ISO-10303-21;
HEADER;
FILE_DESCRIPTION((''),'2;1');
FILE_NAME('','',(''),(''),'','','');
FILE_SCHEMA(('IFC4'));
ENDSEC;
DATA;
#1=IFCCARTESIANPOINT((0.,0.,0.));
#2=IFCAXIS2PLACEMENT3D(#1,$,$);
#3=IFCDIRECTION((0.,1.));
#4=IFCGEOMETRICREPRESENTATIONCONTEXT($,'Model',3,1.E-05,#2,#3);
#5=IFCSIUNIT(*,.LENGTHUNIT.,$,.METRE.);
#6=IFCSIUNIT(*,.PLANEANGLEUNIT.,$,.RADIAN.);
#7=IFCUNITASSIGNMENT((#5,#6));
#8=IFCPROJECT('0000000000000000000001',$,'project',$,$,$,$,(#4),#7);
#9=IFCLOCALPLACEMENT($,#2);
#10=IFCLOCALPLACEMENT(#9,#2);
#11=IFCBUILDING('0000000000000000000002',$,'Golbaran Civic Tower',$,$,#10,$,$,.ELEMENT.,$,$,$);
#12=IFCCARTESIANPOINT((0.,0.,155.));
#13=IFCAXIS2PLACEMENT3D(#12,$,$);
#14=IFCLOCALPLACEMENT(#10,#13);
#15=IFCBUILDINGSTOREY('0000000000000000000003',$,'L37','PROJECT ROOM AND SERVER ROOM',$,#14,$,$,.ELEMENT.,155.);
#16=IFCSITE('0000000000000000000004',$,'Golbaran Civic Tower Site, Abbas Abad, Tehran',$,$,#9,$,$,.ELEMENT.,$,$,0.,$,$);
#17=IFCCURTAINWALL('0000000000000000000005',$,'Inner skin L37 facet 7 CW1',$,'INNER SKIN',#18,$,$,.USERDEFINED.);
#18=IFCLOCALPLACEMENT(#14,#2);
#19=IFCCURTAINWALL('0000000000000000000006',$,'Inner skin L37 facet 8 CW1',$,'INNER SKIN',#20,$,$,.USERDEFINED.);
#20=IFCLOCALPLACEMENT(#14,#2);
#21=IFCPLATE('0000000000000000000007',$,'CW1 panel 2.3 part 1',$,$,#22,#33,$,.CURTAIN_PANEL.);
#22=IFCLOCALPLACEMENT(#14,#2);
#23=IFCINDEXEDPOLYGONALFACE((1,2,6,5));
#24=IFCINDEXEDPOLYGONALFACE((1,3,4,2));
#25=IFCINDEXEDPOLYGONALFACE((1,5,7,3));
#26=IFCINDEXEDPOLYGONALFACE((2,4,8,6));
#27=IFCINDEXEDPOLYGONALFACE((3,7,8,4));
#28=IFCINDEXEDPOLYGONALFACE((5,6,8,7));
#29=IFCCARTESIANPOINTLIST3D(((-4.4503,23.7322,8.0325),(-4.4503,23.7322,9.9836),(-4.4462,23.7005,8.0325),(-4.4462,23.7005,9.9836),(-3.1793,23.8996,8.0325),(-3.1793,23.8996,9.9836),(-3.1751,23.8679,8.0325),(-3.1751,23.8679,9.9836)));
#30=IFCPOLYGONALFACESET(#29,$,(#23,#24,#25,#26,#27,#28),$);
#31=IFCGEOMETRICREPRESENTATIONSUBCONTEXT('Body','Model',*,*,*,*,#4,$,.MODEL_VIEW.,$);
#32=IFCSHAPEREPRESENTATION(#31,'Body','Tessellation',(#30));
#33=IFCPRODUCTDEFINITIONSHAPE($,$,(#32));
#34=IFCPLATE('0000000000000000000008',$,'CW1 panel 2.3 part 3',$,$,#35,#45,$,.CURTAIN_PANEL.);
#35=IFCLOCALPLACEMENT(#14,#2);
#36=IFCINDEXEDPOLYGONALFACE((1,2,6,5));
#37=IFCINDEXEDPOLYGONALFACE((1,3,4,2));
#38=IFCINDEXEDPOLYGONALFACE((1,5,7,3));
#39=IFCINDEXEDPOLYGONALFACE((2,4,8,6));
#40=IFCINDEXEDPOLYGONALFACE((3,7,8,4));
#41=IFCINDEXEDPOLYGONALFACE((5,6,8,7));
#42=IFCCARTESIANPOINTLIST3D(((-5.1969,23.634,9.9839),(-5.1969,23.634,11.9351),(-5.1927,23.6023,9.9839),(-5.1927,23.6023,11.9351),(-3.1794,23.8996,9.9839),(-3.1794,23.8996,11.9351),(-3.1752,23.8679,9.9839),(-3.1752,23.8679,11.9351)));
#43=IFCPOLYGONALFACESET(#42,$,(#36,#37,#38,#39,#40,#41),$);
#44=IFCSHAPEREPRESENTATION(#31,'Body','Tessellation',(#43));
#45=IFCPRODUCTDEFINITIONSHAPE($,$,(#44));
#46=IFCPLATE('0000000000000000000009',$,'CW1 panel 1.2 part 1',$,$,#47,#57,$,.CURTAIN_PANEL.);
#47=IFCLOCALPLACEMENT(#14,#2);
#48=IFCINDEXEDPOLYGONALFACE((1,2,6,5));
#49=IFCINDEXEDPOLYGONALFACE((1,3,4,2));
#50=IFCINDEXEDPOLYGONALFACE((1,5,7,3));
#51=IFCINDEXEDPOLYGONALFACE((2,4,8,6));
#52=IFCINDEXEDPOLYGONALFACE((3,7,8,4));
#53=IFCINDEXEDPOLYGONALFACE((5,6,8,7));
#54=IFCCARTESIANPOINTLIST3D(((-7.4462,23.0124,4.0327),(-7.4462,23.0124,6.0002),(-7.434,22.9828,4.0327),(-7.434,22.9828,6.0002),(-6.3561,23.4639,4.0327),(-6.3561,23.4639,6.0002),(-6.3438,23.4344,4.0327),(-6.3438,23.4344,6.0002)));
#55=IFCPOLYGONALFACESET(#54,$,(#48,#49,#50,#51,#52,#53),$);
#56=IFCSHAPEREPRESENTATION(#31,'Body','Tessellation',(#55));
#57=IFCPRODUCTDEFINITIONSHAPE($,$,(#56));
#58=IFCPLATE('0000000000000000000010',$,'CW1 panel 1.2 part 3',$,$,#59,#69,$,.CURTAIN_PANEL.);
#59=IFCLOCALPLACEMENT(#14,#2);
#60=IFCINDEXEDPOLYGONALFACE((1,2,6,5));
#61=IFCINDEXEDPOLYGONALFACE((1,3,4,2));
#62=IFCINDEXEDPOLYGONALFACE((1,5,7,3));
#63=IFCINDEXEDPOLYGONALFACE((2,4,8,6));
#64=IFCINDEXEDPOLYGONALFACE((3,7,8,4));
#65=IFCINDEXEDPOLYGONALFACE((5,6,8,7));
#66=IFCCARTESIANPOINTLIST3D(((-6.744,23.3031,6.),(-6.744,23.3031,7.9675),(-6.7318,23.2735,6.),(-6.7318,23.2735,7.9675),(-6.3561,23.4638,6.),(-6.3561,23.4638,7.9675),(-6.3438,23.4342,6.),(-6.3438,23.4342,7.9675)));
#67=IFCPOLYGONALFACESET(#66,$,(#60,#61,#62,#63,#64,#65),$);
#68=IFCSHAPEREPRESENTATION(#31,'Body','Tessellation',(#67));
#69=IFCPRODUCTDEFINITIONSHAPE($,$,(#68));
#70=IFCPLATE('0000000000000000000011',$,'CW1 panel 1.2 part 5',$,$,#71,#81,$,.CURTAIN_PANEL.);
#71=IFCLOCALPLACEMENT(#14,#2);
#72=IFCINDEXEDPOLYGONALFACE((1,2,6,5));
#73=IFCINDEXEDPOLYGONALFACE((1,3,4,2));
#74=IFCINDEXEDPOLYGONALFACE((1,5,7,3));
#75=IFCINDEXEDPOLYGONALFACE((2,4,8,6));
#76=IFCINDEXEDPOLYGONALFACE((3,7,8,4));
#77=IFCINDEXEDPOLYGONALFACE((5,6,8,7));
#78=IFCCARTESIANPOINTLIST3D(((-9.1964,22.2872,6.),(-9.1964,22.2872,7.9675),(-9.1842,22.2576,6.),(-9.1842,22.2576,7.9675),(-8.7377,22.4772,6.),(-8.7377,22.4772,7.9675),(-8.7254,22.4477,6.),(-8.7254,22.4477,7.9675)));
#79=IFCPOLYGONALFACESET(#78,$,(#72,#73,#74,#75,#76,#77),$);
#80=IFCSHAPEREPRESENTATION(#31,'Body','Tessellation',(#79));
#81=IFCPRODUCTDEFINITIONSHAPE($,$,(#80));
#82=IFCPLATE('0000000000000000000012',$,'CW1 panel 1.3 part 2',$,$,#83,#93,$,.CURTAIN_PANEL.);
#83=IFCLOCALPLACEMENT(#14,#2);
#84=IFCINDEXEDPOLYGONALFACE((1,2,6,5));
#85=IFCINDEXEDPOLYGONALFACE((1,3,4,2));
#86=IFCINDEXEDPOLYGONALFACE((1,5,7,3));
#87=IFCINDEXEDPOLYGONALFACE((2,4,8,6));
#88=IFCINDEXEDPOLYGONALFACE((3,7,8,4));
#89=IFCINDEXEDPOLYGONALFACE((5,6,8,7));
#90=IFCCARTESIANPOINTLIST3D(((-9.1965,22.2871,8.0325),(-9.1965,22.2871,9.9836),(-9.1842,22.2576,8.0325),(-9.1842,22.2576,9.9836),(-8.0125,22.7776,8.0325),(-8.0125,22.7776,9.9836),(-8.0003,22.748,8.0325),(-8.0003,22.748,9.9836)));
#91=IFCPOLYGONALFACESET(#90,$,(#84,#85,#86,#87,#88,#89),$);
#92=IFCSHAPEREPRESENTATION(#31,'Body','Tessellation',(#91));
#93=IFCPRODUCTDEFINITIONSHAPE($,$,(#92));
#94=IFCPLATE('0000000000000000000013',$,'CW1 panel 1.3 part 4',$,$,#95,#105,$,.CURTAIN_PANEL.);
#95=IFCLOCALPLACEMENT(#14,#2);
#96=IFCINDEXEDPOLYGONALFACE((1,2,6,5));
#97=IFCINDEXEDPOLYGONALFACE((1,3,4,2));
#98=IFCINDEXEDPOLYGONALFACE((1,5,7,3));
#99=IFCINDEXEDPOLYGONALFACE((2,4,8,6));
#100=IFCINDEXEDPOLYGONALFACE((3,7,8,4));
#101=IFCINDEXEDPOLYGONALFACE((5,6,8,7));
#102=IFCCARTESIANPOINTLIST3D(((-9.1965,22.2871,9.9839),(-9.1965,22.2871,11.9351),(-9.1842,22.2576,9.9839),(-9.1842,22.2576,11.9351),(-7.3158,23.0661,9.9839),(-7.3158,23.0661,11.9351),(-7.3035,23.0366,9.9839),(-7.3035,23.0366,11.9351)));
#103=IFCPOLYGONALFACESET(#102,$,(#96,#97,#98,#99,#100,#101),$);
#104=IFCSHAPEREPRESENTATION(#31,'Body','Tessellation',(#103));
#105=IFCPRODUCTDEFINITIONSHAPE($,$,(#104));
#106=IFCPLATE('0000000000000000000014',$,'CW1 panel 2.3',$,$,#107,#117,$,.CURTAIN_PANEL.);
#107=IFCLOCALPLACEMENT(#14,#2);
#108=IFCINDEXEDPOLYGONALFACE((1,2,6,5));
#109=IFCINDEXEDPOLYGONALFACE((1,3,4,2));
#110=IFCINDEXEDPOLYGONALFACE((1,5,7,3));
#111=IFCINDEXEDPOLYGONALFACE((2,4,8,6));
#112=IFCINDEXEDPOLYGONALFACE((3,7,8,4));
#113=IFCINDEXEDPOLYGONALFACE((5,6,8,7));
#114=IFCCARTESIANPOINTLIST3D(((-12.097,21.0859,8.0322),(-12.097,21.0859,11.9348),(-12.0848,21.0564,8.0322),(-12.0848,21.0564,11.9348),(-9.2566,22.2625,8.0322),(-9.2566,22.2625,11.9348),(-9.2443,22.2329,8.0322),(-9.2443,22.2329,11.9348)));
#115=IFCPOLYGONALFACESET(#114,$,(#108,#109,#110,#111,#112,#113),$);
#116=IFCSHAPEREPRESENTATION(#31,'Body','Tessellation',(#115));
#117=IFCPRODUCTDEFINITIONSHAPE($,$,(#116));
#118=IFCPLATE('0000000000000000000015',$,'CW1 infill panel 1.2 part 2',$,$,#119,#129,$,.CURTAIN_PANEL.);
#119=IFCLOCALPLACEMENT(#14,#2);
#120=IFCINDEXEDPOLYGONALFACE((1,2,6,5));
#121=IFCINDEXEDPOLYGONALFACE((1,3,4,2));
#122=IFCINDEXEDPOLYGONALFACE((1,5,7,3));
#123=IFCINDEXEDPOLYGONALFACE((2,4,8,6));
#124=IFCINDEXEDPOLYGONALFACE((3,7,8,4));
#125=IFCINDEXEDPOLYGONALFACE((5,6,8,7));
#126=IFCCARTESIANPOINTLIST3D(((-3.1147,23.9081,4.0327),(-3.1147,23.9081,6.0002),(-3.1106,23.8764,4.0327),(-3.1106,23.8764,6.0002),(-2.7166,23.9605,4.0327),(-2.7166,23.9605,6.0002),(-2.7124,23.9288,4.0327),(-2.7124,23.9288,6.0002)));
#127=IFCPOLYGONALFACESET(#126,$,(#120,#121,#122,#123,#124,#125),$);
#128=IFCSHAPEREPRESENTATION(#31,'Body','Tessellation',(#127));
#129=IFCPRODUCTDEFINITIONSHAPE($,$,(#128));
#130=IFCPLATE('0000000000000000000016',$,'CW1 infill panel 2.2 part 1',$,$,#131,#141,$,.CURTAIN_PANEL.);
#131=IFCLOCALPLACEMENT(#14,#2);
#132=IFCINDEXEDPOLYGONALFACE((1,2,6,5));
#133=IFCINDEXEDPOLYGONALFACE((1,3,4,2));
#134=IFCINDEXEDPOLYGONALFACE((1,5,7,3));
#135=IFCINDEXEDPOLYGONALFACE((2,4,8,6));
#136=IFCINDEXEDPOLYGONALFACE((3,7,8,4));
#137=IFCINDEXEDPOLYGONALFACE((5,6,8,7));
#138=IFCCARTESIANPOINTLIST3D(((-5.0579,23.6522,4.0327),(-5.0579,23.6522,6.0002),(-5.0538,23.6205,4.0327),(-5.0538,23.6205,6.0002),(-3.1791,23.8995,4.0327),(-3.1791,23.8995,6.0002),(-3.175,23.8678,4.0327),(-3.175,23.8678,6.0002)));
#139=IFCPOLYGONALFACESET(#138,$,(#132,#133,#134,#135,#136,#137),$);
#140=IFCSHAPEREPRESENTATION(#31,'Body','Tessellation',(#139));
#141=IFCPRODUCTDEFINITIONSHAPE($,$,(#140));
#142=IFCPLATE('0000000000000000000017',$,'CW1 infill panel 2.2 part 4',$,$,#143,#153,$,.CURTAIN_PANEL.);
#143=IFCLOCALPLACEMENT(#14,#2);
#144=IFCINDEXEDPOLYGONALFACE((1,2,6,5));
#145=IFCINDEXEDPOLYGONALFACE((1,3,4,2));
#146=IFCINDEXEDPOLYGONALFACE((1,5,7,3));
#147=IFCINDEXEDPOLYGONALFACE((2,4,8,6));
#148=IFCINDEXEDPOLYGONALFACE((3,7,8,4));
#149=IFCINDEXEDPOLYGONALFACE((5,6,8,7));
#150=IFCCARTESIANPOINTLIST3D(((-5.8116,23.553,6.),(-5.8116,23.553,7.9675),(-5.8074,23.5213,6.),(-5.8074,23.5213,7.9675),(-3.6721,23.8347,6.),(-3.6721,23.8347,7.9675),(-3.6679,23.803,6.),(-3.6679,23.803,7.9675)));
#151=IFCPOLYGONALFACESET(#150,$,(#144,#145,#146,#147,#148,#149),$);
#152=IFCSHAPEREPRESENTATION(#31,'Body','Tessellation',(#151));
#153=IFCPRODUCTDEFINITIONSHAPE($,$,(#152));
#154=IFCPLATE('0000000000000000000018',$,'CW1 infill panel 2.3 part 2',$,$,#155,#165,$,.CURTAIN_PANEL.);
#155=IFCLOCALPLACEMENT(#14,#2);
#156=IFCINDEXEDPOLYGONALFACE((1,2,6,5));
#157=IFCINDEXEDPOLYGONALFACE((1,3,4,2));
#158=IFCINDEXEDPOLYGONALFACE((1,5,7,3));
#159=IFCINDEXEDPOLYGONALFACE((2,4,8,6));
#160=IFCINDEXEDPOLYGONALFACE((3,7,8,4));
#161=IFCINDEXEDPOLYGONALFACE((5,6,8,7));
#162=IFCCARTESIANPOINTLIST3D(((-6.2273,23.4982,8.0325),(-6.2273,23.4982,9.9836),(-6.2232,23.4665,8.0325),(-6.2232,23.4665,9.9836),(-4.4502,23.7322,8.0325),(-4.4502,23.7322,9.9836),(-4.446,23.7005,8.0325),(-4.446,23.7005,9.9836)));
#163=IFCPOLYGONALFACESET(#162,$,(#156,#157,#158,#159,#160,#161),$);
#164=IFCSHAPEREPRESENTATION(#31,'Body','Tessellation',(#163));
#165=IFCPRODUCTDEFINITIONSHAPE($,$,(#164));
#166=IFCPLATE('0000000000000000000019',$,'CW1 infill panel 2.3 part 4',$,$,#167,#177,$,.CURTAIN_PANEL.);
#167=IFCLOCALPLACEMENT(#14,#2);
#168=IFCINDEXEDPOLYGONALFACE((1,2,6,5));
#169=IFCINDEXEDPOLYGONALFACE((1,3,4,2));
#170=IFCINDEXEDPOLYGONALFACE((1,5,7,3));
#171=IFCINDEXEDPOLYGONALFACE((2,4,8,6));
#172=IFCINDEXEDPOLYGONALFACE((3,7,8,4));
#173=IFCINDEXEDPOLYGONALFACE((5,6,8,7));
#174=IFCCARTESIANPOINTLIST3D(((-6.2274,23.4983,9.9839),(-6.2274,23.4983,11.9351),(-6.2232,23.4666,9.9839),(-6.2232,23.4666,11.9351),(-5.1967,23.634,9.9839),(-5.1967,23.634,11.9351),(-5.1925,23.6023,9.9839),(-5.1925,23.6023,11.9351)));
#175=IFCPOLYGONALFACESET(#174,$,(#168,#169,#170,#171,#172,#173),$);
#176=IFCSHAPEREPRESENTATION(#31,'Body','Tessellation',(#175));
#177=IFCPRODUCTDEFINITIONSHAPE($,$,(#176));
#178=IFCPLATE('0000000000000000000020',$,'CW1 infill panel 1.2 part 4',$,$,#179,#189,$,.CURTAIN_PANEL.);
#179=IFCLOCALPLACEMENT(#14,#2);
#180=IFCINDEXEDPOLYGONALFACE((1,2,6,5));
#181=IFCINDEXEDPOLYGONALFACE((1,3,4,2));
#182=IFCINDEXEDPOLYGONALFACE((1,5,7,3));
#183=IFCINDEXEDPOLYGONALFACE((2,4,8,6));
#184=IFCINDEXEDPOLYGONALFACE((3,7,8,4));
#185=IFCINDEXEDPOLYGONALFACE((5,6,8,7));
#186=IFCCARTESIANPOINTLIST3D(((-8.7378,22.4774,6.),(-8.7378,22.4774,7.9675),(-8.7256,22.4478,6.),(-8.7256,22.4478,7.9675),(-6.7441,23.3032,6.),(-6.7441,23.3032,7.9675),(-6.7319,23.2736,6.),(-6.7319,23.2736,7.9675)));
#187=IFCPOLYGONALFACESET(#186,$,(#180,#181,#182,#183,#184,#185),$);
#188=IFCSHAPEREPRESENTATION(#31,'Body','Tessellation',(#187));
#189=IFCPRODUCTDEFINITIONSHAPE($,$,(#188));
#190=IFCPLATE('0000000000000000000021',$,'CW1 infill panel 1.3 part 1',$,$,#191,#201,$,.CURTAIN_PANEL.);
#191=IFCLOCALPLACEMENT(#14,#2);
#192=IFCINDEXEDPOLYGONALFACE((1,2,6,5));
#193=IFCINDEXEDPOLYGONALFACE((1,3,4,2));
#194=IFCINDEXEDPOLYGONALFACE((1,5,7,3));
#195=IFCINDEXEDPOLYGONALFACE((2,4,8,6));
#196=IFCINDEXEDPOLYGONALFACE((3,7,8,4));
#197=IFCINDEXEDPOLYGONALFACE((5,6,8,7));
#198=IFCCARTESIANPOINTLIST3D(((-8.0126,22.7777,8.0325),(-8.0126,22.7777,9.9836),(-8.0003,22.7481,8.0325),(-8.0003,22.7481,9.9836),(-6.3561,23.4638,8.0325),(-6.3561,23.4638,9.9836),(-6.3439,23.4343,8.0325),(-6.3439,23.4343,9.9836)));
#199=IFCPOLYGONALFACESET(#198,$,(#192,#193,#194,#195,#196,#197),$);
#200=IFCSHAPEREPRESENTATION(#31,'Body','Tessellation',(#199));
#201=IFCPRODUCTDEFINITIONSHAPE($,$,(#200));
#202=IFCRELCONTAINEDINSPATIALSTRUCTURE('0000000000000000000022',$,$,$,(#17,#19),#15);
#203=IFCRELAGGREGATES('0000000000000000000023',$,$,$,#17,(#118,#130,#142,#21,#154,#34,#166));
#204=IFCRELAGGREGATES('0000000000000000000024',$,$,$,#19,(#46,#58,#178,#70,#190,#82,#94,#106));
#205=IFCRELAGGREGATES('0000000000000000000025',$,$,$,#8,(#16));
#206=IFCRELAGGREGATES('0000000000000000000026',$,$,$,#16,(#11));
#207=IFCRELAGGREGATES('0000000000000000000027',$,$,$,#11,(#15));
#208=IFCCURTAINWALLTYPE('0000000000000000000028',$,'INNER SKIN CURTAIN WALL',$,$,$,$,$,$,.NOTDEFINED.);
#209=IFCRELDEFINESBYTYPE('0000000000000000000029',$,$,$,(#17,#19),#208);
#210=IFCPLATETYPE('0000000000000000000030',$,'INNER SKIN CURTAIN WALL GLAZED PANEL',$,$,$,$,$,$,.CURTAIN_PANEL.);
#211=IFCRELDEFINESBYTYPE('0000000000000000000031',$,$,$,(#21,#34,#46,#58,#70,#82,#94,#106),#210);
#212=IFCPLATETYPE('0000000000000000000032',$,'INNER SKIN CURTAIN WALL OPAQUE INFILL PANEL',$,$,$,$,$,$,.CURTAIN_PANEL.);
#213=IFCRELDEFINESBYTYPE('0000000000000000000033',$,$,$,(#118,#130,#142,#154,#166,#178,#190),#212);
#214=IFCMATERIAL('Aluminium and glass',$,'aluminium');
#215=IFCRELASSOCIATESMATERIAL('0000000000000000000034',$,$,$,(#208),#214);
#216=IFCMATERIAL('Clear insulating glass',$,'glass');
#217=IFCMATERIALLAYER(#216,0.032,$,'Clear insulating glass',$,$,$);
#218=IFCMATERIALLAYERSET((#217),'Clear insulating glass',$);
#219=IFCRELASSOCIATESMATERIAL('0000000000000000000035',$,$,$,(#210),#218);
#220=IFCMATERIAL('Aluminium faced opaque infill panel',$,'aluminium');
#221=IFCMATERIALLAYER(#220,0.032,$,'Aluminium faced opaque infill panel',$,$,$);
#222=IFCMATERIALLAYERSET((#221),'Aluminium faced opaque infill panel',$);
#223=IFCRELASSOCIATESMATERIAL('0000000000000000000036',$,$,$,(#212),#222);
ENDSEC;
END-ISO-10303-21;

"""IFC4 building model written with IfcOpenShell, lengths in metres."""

from ifc_helpers import new_model, si_unit, direction, frame, origin, origin_2d, place, context, subcontext, project, spatial, rectangle, extrude, material, layer, layer_set, type_object, element, aggregate, save


model = new_model("IFC4")

# Units and contexts
model_context = context("Model", 3, precision=1e-05, world=origin(), true_north=direction((0.0, 1.0)))
body_context = subcontext(model_context, "Body", "Model", "MODEL_VIEW")
ifc_project = project(units=[si_unit("LENGTHUNIT", "METRE"), si_unit("PLANEANGLEUNIT", "RADIAN")], contexts=[model_context])

# Site, building, storey
site_placement = place(None, origin())
site = spatial("IfcSite", under=ifc_project, at=site_placement, Name="Golbaran Civic Tower Site, Abbas Abad, Tehran", CompositionType="ELEMENT", RefElevation=0.0)
building_placement = place(site_placement, origin())
building = spatial("IfcBuilding", under=site, at=building_placement, Name="Golbaran Civic Tower", CompositionType="ELEMENT")
storey_placement = place(building_placement, frame((0.0, 0.0, 155.0)))
storey = spatial("IfcBuildingStorey", under=building, at=storey_placement, Name="L37", Description="PROJECT ROOM AND SERVER ROOM", CompositionType="ELEMENT", Elevation=155.0)

# Curtain walls
ifc_material_1 = material(Name="Aluminium and glass", Category="aluminium")
curtain_wall_type = type_object("IfcCurtainWallType", Name="INNER SKIN CURTAIN WALL", PredefinedType="NOTDEFINED", material=ifc_material_1)
curtain_wall_1_placement = place(storey_placement, origin())
curtain_wall_1 = element("IfcCurtainWall", 1, at=curtain_wall_1_placement, inside=storey, type_object=curtain_wall_type, Name="Inner skin L37 facet 7 CW1", ObjectType="INNER SKIN", PredefinedType="USERDEFINED")
curtain_wall_2_placement = place(storey_placement, origin())
curtain_wall_2 = element("IfcCurtainWall", 2, at=curtain_wall_2_placement, inside=storey, type_object=curtain_wall_type, Name="Inner skin L37 facet 8 CW1", ObjectType="INNER SKIN", PredefinedType="USERDEFINED")

# Plates
ifc_material_2 = material(Name="Clear insulating glass", Category="glass")
ifc_layer_1 = layer(ifc_material_2, 0.032, Name="Clear insulating glass")
ifc_layer_set_1 = layer_set([ifc_layer_1], Name="Clear insulating glass")
plate_type_1 = type_object("IfcPlateType", Name="INNER SKIN CURTAIN WALL GLAZED PANEL", PredefinedType="CURTAIN_PANEL", material=ifc_layer_set_1)
plate_1_placement = place(storey_placement, frame((-3.8127, 23.8, 8.0325), z_axis=(0.0, 0.0, 1.0), x_axis=(-0.991445, -0.130526, 0.0)))
plate_1 = element("IfcPlate", 3, at=plate_1_placement, type_object=plate_type_1, Name="CW1 panel 2.3 part 1", PredefinedType="CURTAIN_PANEL", context=body_context, shape_type="SweptSolid", body=[
    extrude(rectangle(XDim=1.282, YDim=0.032, at=origin_2d()), origin(), (0.0, 0.0, 1.0), 1.9512),
])
plate_2_placement = place(storey_placement, frame((-4.186, 23.751, 9.9839), z_axis=(0.0, 0.0, 1.0), x_axis=(-0.991445, -0.130526, 0.0)))
plate_2 = element("IfcPlate", 4, at=plate_2_placement, type_object=plate_type_1, Name="CW1 panel 2.3 part 3", PredefinedType="CURTAIN_PANEL", context=body_context, shape_type="SweptSolid", body=[
    extrude(rectangle(XDim=2.0349, YDim=0.032, at=origin_2d()), origin(), (0.0, 0.0, 1.0), 1.9512),
])
plate_3_placement = place(storey_placement, frame((-6.895, 23.2234, 4.0327), z_axis=(0.0, 0.0, 1.0), x_axis=(-0.92388, -0.382683, 0.0)))
plate_3 = element("IfcPlate", 5, at=plate_3_placement, type_object=plate_type_1, Name="CW1 panel 1.2 part 1", PredefinedType="CURTAIN_PANEL", context=body_context, shape_type="SweptSolid", body=[
    extrude(rectangle(XDim=1.1799, YDim=0.032, at=origin_2d()), origin(), (0.0, 0.0, 1.0), 1.9675),
])
plate_4_placement = place(storey_placement, frame((-6.5439, 23.3687, 6.0), z_axis=(0.0, 0.0, 1.0), x_axis=(-0.92388, -0.382683, 0.0)))
plate_4 = element("IfcPlate", 6, at=plate_4_placement, type_object=plate_type_1, Name="CW1 panel 1.2 part 3", PredefinedType="CURTAIN_PANEL", context=body_context, shape_type="SweptSolid", body=[
    extrude(rectangle(XDim=0.4199, YDim=0.032, at=origin_2d()), origin(), (0.0, 0.0, 1.0), 1.9675),
])
plate_5_placement = place(storey_placement, frame((-8.9609, 22.3674, 6.0), z_axis=(0.0, 0.0, 1.0), x_axis=(-0.92388, -0.382683, 0.0)))
plate_5 = element("IfcPlate", 7, at=plate_5_placement, type_object=plate_type_1, Name="CW1 panel 1.2 part 5", PredefinedType="CURTAIN_PANEL", context=body_context, shape_type="SweptSolid", body=[
    extrude(rectangle(XDim=0.4966, YDim=0.032, at=origin_2d()), origin(), (0.0, 0.0, 1.0), 1.9675),
])
plate_6_placement = place(storey_placement, frame((-8.5984, 22.5176, 8.0325), z_axis=(0.0, 0.0, 1.0), x_axis=(-0.92388, -0.382683, 0.0)))
plate_6 = element("IfcPlate", 8, at=plate_6_placement, type_object=plate_type_1, Name="CW1 panel 1.3 part 2", PredefinedType="CURTAIN_PANEL", context=body_context, shape_type="SweptSolid", body=[
    extrude(rectangle(XDim=1.2815, YDim=0.032, at=origin_2d()), origin(), (0.0, 0.0, 1.0), 1.9512),
])
plate_7_placement = place(storey_placement, frame((-8.25, 22.6619, 9.9839), z_axis=(0.0, 0.0, 1.0), x_axis=(-0.92388, -0.382683, 0.0)))
plate_7 = element("IfcPlate", 9, at=plate_7_placement, type_object=plate_type_1, Name="CW1 panel 1.3 part 4", PredefinedType="CURTAIN_PANEL", context=body_context, shape_type="SweptSolid", body=[
    extrude(rectangle(XDim=2.0356, YDim=0.032, at=origin_2d()), origin(), (0.0, 0.0, 1.0), 1.9512),
])
plate_8_placement = place(storey_placement, frame((-10.6707, 21.6594, 8.0322), z_axis=(0.0, 0.0, 1.0), x_axis=(-0.92388, -0.382683, 0.0)))
plate_8 = element("IfcPlate", 10, at=plate_8_placement, type_object=plate_type_1, Name="CW1 panel 2.3", PredefinedType="CURTAIN_PANEL", context=body_context, shape_type="SweptSolid", body=[
    extrude(rectangle(XDim=3.0745, YDim=0.032, at=origin_2d()), origin(), (0.0, 0.0, 1.0), 3.9026),
])
ifc_material_3 = material(Name="Aluminium faced opaque infill panel", Category="aluminium")
ifc_layer_2 = layer(ifc_material_3, 0.032, Name="Aluminium faced opaque infill panel")
ifc_layer_set_2 = layer_set([ifc_layer_2], Name="Aluminium faced opaque infill panel")
plate_type_2 = type_object("IfcPlateType", Name="INNER SKIN CURTAIN WALL OPAQUE INFILL PANEL", PredefinedType="CURTAIN_PANEL", material=ifc_layer_set_2)
plate_9_placement = place(storey_placement, frame((-2.9136, 23.9185, 4.0327), z_axis=(0.0, 0.0, 1.0), x_axis=(-0.991445, -0.130526, 0.0)))
plate_9 = element("IfcPlate", 11, at=plate_9_placement, type_object=plate_type_2, Name="CW1 infill panel 1.2 part 2", PredefinedType="CURTAIN_PANEL", context=body_context, shape_type="SweptSolid", body=[
    extrude(rectangle(XDim=0.4016, YDim=0.032, at=origin_2d()), origin(), (0.0, 0.0, 1.0), 1.9675),
])
plate_10_placement = place(storey_placement, frame((-4.1165, 23.76, 4.0327), z_axis=(0.0, 0.0, 1.0), x_axis=(-0.991445, -0.130526, 0.0)))
plate_10 = element("IfcPlate", 12, at=plate_10_placement, type_object=plate_type_2, Name="CW1 infill panel 2.2 part 1", PredefinedType="CURTAIN_PANEL", context=body_context, shape_type="SweptSolid", body=[
    extrude(rectangle(XDim=1.895, YDim=0.032, at=origin_2d()), origin(), (0.0, 0.0, 1.0), 1.9675),
])
plate_11_placement = place(storey_placement, frame((-4.7397, 23.678, 6.0), z_axis=(0.0, 0.0, 1.0), x_axis=(-0.991445, -0.130526, 0.0)))
plate_11 = element("IfcPlate", 13, at=plate_11_placement, type_object=plate_type_2, Name="CW1 infill panel 2.2 part 4", PredefinedType="CURTAIN_PANEL", context=body_context, shape_type="SweptSolid", body=[
    extrude(rectangle(XDim=2.158, YDim=0.032, at=origin_2d()), origin(), (0.0, 0.0, 1.0), 1.9675),
])
plate_12_placement = place(storey_placement, frame((-5.3367, 23.5994, 8.0325), z_axis=(0.0, 0.0, 1.0), x_axis=(-0.991445, -0.130526, 0.0)))
plate_12 = element("IfcPlate", 14, at=plate_12_placement, type_object=plate_type_2, Name="CW1 infill panel 2.3 part 2", PredefinedType="CURTAIN_PANEL", context=body_context, shape_type="SweptSolid", body=[
    extrude(rectangle(XDim=1.7925, YDim=0.032, at=origin_2d()), origin(), (0.0, 0.0, 1.0), 1.9512),
])
plate_13_placement = place(storey_placement, frame((-5.71, 23.5503, 9.9839), z_axis=(0.0, 0.0, 1.0), x_axis=(-0.991445, -0.130526, 0.0)))
plate_13 = element("IfcPlate", 15, at=plate_13_placement, type_object=plate_type_2, Name="CW1 infill panel 2.3 part 4", PredefinedType="CURTAIN_PANEL", context=body_context, shape_type="SweptSolid", body=[
    extrude(rectangle(XDim=1.0396, YDim=0.032, at=origin_2d()), origin(), (0.0, 0.0, 1.0), 1.9512),
])
aggregate(curtain_wall_1, [plate_9, plate_10, plate_11, plate_1, plate_12, plate_2, plate_13])
plate_14_placement = place(storey_placement, frame((-7.7349, 22.8755, 6.0), z_axis=(0.0, 0.0, 1.0), x_axis=(-0.92388, -0.382683, 0.0)))
plate_14 = element("IfcPlate", 16, at=plate_14_placement, type_object=plate_type_2, Name="CW1 infill panel 1.2 part 4", PredefinedType="CURTAIN_PANEL", context=body_context, shape_type="SweptSolid", body=[
    extrude(rectangle(XDim=2.158, YDim=0.032, at=origin_2d()), origin(), (0.0, 0.0, 1.0), 1.9675),
])
plate_15_placement = place(storey_placement, frame((-7.1782, 23.106, 8.0325), z_axis=(0.0, 0.0, 1.0), x_axis=(-0.92388, -0.382683, 0.0)))
plate_15 = element("IfcPlate", 17, at=plate_15_placement, type_object=plate_type_2, Name="CW1 infill panel 1.3 part 1", PredefinedType="CURTAIN_PANEL", context=body_context, shape_type="SweptSolid", body=[
    extrude(rectangle(XDim=1.793, YDim=0.032, at=origin_2d()), origin(), (0.0, 0.0, 1.0), 1.9512),
])
aggregate(curtain_wall_2, [plate_3, plate_4, plate_14, plate_5, plate_15, plate_6, plate_7, plate_8])

save(model, "model.ifc")
